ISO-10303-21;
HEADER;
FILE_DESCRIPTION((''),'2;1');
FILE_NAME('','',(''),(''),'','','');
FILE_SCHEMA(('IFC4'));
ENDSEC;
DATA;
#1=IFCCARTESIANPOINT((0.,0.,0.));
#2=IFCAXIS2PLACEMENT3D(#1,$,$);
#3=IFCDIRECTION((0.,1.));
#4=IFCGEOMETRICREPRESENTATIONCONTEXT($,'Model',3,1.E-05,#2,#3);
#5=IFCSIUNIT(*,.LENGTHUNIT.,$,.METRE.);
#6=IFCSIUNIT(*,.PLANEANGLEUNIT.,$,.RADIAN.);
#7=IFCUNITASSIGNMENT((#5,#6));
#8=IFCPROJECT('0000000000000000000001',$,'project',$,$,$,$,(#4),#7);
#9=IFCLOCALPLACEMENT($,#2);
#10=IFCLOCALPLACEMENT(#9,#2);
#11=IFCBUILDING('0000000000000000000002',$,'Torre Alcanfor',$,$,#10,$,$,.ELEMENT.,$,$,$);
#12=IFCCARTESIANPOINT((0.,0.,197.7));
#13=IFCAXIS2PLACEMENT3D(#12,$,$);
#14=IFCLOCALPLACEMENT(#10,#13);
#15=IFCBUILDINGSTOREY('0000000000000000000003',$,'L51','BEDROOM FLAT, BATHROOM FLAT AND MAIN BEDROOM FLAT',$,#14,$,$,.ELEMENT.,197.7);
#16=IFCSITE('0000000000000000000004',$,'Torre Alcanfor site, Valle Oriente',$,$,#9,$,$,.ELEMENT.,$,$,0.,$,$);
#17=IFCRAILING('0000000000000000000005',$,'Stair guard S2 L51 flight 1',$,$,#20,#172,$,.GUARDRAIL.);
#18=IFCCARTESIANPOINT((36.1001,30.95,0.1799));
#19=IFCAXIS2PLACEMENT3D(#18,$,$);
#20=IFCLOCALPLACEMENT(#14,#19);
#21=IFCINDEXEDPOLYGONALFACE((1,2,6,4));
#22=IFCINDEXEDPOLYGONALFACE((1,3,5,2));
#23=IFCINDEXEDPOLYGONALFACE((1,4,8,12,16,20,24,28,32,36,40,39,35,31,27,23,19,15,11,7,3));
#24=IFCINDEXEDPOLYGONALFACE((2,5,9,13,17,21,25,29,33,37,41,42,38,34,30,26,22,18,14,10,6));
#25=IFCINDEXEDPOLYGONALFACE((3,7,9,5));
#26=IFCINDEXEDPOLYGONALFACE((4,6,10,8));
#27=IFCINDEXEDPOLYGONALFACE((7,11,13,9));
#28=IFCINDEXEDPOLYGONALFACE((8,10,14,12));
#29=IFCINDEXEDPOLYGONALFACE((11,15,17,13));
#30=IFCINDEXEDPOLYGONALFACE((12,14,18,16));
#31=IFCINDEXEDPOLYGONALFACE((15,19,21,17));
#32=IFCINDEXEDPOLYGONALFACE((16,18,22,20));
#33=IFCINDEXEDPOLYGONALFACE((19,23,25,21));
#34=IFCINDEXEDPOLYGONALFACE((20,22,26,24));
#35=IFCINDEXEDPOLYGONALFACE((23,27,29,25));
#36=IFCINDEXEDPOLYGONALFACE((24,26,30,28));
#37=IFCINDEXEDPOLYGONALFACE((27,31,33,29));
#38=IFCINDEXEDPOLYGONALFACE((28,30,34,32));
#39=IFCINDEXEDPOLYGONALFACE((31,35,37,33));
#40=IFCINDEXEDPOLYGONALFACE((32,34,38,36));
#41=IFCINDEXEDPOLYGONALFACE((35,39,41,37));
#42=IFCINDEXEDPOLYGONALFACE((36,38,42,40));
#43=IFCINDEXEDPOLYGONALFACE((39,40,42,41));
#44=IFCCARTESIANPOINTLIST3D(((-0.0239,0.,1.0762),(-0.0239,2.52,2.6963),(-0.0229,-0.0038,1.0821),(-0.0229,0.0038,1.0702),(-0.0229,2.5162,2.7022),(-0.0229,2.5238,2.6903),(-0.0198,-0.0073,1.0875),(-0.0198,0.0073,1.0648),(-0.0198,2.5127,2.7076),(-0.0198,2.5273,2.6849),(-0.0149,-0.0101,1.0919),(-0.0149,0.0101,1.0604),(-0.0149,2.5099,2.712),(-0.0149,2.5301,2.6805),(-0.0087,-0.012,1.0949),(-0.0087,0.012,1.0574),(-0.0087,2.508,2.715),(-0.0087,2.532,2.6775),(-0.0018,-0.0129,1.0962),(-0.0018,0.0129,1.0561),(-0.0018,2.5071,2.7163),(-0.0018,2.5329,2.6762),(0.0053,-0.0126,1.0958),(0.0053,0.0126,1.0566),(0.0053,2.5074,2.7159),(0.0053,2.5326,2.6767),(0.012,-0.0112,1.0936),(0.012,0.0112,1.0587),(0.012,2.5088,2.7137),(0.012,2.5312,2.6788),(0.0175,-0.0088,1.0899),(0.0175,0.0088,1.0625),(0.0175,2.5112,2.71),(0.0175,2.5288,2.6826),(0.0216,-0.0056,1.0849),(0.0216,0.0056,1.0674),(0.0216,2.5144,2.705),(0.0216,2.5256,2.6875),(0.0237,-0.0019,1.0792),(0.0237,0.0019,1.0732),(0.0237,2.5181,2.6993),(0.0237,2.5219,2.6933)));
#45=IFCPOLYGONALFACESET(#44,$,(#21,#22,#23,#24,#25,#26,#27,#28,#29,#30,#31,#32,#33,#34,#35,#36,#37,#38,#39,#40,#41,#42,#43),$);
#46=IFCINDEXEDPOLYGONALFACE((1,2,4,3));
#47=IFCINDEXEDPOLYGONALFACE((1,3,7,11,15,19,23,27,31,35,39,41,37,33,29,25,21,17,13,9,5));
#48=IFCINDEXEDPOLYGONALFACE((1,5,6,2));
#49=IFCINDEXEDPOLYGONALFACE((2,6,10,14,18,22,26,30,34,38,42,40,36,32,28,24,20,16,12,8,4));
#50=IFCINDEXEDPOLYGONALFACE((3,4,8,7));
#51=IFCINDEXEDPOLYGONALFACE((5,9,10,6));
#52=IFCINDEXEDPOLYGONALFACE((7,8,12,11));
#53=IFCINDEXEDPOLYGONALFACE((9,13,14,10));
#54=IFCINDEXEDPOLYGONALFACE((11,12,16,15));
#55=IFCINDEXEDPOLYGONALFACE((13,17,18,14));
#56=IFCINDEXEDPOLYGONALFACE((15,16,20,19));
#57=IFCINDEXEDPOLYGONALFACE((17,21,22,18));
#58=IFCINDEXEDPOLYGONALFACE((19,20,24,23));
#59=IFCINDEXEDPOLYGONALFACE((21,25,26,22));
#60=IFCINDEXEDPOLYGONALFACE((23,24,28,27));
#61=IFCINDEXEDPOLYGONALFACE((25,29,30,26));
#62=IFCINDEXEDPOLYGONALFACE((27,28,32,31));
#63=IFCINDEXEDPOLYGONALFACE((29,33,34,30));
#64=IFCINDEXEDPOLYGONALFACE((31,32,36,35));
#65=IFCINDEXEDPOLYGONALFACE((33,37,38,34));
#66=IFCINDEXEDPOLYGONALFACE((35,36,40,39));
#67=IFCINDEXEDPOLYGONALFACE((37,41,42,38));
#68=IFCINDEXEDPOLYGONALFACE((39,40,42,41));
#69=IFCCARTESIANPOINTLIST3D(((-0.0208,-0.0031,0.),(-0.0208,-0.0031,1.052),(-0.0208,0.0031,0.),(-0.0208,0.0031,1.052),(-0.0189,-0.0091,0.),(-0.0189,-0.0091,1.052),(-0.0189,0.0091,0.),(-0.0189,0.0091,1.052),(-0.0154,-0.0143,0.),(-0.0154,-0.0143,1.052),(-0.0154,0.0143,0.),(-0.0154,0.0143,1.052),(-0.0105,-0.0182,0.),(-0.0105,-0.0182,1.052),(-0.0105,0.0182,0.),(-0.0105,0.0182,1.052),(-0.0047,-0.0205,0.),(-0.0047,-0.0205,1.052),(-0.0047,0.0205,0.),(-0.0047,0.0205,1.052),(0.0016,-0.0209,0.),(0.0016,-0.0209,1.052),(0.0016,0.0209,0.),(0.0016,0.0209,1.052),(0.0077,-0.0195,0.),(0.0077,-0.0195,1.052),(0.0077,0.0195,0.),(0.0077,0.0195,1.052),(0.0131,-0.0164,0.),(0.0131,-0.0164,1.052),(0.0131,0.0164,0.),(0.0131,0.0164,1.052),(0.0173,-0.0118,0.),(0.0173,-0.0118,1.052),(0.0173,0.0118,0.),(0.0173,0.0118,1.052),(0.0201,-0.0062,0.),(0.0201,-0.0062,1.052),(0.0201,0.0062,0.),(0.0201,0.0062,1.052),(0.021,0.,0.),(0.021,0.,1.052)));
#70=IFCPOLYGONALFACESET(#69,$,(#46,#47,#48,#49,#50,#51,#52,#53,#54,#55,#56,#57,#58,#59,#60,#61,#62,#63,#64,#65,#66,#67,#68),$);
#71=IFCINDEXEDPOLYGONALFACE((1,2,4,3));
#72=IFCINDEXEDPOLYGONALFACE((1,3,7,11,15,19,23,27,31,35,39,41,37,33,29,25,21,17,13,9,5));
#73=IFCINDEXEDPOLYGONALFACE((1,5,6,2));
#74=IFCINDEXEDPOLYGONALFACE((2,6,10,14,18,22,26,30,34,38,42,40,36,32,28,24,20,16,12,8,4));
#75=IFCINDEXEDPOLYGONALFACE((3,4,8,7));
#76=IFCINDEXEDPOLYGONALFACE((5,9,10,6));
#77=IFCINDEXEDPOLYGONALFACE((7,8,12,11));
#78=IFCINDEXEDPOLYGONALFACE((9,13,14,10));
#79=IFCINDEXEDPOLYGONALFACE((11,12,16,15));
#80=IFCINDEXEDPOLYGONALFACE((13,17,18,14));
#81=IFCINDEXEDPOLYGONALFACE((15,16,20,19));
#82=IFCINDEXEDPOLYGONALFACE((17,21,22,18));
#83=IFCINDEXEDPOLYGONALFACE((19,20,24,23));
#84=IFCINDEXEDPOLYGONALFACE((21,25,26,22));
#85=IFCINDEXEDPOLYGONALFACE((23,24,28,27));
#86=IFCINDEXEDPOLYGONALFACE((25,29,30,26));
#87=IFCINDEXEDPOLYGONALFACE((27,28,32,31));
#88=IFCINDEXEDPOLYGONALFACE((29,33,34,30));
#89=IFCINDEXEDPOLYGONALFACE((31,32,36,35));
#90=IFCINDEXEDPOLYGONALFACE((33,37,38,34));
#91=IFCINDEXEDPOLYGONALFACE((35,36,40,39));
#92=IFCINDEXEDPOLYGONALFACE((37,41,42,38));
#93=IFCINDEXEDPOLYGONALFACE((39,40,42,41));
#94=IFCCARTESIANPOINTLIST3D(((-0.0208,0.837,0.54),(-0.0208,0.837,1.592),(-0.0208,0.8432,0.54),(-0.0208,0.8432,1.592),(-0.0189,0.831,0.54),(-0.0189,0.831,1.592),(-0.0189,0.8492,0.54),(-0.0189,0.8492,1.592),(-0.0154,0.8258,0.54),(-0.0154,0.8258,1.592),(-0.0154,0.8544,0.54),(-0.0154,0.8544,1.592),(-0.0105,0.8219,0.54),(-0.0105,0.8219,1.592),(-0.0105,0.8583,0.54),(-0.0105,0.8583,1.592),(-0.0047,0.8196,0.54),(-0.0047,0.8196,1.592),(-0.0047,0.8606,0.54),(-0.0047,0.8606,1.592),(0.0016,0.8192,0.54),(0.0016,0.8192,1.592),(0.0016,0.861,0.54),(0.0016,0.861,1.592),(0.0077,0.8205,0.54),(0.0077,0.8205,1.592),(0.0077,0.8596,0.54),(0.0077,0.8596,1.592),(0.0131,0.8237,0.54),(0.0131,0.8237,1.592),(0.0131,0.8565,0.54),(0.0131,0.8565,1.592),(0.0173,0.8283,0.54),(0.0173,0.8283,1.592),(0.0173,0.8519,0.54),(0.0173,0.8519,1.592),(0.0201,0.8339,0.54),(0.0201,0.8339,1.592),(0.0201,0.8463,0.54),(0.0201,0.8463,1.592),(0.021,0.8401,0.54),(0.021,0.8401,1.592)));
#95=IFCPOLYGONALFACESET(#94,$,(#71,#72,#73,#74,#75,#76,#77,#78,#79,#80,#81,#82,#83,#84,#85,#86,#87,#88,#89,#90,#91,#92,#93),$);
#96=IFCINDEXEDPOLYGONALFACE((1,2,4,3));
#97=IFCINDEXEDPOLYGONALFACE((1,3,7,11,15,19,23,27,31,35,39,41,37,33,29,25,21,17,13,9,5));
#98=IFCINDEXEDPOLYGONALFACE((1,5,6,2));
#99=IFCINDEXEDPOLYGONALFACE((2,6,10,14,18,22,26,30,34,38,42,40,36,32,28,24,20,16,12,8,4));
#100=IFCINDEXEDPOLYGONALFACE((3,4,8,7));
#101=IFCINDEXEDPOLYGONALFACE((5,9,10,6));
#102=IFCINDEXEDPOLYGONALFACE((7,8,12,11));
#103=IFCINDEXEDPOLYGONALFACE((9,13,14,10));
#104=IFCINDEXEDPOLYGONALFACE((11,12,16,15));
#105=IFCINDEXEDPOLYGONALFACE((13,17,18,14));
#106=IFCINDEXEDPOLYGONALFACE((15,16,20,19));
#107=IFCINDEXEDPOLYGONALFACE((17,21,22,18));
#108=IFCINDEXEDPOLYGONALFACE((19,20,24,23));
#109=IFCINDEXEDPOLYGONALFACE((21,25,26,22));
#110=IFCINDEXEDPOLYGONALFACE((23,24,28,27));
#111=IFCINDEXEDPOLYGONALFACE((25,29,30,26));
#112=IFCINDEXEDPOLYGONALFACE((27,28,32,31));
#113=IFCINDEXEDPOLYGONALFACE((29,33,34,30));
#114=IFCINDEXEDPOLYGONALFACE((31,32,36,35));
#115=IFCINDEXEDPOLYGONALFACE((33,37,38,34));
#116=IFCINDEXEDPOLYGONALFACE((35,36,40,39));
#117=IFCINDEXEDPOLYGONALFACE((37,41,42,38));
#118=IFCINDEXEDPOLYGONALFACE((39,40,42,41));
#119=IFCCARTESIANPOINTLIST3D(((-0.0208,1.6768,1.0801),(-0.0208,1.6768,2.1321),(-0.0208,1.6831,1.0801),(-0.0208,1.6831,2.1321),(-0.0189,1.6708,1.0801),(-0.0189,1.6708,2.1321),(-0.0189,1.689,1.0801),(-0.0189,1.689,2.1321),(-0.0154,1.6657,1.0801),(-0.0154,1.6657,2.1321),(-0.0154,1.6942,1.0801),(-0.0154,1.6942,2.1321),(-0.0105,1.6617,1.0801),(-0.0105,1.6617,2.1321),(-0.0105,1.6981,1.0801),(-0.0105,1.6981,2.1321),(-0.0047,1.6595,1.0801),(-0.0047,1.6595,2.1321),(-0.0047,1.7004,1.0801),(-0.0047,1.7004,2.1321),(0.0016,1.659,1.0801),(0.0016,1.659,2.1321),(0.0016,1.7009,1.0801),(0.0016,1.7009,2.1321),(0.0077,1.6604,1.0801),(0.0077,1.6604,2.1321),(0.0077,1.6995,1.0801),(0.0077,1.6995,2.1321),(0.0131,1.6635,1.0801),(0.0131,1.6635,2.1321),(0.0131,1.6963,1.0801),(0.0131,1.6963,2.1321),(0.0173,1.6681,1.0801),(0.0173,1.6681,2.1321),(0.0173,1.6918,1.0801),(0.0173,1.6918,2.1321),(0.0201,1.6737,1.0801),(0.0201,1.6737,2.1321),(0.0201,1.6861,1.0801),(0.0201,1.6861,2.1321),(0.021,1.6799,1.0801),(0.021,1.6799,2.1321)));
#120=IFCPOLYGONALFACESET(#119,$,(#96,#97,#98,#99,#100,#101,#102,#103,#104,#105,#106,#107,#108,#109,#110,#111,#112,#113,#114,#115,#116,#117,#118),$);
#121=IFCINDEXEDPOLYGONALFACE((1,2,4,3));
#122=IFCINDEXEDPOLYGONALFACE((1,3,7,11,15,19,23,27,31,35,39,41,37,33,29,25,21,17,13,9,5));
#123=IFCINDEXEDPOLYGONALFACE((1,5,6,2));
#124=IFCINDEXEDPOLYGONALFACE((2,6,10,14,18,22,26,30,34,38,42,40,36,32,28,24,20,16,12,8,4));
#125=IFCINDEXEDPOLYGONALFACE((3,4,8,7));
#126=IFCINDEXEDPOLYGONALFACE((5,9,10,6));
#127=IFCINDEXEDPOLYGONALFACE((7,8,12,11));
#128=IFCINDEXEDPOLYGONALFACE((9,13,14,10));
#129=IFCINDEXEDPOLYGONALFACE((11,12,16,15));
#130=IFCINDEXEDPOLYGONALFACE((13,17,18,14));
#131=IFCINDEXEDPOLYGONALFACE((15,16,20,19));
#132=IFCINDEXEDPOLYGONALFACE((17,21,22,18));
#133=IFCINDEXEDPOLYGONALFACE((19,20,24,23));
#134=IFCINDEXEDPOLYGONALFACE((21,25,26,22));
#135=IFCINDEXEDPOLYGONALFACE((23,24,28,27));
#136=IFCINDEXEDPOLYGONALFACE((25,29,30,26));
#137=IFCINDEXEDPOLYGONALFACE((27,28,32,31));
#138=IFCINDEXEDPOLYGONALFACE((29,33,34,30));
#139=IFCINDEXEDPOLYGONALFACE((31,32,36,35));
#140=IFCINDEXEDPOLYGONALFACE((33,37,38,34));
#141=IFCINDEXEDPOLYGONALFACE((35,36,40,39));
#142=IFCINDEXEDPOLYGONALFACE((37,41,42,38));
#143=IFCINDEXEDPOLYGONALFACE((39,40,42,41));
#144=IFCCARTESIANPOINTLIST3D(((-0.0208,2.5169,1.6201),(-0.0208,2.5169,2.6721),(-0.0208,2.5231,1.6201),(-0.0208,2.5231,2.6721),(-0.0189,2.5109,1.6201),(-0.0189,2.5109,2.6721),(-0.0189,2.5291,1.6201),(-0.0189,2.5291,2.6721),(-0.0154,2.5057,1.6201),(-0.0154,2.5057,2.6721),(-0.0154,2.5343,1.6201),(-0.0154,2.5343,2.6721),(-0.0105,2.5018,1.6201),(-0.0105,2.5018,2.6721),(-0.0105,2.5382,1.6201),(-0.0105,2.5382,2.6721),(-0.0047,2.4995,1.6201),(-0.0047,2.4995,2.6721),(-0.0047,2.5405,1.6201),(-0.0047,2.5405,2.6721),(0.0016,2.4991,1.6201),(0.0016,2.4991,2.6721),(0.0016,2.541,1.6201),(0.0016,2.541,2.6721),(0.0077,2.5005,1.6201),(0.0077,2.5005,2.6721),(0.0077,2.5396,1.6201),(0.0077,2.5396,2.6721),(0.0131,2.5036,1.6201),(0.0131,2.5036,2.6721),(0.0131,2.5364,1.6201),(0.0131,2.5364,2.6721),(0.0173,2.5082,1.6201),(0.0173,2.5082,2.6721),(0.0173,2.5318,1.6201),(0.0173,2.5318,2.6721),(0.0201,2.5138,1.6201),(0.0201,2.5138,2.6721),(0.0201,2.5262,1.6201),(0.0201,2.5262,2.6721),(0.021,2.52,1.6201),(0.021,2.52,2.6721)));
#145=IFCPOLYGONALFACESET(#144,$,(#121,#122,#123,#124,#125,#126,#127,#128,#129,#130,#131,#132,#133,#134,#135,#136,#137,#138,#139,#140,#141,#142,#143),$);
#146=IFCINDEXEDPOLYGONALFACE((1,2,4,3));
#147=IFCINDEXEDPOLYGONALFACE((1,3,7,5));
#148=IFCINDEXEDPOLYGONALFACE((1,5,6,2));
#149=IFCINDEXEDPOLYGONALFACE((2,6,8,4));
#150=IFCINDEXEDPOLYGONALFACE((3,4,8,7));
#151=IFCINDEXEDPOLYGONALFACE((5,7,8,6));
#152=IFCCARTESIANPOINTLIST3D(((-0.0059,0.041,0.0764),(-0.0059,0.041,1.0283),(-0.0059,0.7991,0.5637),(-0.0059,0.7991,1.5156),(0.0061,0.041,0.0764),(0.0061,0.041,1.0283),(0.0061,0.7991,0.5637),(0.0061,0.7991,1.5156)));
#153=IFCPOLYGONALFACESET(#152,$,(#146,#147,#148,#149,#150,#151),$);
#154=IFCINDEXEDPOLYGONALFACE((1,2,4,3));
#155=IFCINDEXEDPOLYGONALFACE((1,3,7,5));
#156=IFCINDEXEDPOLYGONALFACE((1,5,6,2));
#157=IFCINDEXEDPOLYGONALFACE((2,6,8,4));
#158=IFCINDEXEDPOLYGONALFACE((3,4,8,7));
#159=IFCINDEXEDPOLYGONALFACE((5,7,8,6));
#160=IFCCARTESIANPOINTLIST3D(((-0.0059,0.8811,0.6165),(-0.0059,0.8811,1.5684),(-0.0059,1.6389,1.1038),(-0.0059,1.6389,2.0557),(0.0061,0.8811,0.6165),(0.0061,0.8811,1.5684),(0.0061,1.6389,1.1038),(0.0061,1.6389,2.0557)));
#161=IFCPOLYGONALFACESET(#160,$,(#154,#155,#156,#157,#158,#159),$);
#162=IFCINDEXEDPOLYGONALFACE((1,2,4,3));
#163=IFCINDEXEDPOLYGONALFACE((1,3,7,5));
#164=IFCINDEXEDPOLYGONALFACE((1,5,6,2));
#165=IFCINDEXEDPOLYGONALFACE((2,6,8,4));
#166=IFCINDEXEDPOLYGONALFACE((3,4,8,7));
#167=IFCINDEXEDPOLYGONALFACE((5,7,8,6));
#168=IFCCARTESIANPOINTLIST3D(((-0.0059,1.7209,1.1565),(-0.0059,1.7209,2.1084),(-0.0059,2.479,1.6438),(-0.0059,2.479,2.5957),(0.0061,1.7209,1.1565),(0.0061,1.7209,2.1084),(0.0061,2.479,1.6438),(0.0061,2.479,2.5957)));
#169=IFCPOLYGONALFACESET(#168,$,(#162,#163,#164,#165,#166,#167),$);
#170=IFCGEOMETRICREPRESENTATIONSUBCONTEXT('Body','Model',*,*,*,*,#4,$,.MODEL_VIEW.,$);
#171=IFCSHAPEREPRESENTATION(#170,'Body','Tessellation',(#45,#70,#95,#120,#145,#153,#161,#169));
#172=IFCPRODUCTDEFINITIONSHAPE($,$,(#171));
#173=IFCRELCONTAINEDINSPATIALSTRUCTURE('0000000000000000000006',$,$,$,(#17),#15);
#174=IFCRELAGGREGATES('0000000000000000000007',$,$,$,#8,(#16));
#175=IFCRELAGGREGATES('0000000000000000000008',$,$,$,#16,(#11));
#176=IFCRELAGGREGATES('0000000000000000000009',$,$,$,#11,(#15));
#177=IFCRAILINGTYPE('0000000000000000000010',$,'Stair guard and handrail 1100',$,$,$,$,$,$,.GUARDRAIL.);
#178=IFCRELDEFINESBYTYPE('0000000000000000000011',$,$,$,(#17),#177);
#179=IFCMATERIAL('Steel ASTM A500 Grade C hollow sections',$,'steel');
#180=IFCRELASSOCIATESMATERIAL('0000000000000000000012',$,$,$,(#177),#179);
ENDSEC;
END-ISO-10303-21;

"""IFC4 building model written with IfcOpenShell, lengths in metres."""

from ifc_helpers import new_model, si_unit, direction, frame, origin, origin_2d, place, context, subcontext, project, spatial, polyline, circle, outline, extrude, material, type_object, element, save


model = new_model("IFC4")

# Units and contexts
model_context = context("Model", 3, precision=1e-05, world=origin(), true_north=direction((0.0, 1.0)))
body_context = subcontext(model_context, "Body", "Model", "MODEL_VIEW")
ifc_project = project(units=[si_unit("LENGTHUNIT", "METRE"), si_unit("PLANEANGLEUNIT", "RADIAN")], contexts=[model_context])

# Site, building, storey
site_placement = place(None, origin())
site = spatial("IfcSite", under=ifc_project, at=site_placement, Name="Torre Alcanfor site, Valle Oriente", CompositionType="ELEMENT", RefElevation=0.0)
building_placement = place(site_placement, origin())
building = spatial("IfcBuilding", under=site, at=building_placement, Name="Torre Alcanfor", CompositionType="ELEMENT")
storey_placement = place(building_placement, frame((0.0, 0.0, 197.7)))
storey = spatial("IfcBuildingStorey", under=building, at=storey_placement, Name="L51", Description="BEDROOM FLAT, BATHROOM FLAT AND MAIN BEDROOM FLAT", CompositionType="ELEMENT", Elevation=197.7)

# Railing
ifc_material_1 = material(Name="Steel ASTM A500 Grade C hollow sections", Category="steel")
railing_type_1 = type_object("IfcRailingType", Name="Stair guard and handrail 1100", PredefinedType="GUARDRAIL", material=ifc_material_1)
railing_1_placement = place(storey_placement, frame((36.1001, 30.95, 0.1799)))
element("IfcRailing", 1, at=railing_1_placement, inside=storey, type_object=railing_type_1, Name="Stair guard S2 L51 flight 1", PredefinedType="GUARDRAIL", context=body_context, shape_type="SweptSolid", body=[
    extrude(circle(Radius=0.0239, at=origin_2d()), frame((0.0, 0.0, 1.0762), z_axis=(0.0, 0.841163, 0.540782), x_axis=(-1.0, 0.0, 0.0)), (0.0, 0.0, 1.0), 2.9958),
    extrude(circle(Radius=0.021, at=origin_2d()), origin(), (0.0, 0.0, 1.0), 1.052),
    extrude(circle(Radius=0.021, at=origin_2d()), frame((0.0, 0.8401, 0.54)), (0.0, 0.0, 1.0), 1.052),
    extrude(circle(Radius=0.021, at=origin_2d()), frame((0.0, 1.6799, 1.0801)), (0.0, 0.0, 1.0), 1.052),
    extrude(circle(Radius=0.021, at=origin_2d()), frame((0.0, 2.52, 1.6201)), (0.0, 0.0, 1.0), 1.052),
    extrude(outline(polyline([(0.041, 0.0764), (0.7991, 0.5637), (0.7991, 1.5156), (0.041, 1.0283), (0.041, 0.0764)])), frame((-0.0059, 0.0, 0.0), z_axis=(1.0, 0.0, 0.0), x_axis=(0.0, 1.0, 0.0)), (0.0, 0.0, 1.0), 0.012),
    extrude(outline(polyline([(0.8811, 0.6165), (1.6389, 1.1038), (1.6389, 2.0557), (0.8811, 1.5684), (0.8811, 0.6165)])), frame((-0.0059, 0.0, 0.0), z_axis=(1.0, 0.0, 0.0), x_axis=(0.0, 1.0, 0.0)), (0.0, 0.0, 1.0), 0.012),
    extrude(outline(polyline([(1.7209, 1.1565), (2.479, 1.6438), (2.479, 2.5957), (1.7209, 2.1084), (1.7209, 1.1565)])), frame((-0.0059, 0.0, 0.0), z_axis=(1.0, 0.0, 0.0), x_axis=(0.0, 1.0, 0.0)), (0.0, 0.0, 1.0), 0.012),
])

save(model, "model.ifc")
